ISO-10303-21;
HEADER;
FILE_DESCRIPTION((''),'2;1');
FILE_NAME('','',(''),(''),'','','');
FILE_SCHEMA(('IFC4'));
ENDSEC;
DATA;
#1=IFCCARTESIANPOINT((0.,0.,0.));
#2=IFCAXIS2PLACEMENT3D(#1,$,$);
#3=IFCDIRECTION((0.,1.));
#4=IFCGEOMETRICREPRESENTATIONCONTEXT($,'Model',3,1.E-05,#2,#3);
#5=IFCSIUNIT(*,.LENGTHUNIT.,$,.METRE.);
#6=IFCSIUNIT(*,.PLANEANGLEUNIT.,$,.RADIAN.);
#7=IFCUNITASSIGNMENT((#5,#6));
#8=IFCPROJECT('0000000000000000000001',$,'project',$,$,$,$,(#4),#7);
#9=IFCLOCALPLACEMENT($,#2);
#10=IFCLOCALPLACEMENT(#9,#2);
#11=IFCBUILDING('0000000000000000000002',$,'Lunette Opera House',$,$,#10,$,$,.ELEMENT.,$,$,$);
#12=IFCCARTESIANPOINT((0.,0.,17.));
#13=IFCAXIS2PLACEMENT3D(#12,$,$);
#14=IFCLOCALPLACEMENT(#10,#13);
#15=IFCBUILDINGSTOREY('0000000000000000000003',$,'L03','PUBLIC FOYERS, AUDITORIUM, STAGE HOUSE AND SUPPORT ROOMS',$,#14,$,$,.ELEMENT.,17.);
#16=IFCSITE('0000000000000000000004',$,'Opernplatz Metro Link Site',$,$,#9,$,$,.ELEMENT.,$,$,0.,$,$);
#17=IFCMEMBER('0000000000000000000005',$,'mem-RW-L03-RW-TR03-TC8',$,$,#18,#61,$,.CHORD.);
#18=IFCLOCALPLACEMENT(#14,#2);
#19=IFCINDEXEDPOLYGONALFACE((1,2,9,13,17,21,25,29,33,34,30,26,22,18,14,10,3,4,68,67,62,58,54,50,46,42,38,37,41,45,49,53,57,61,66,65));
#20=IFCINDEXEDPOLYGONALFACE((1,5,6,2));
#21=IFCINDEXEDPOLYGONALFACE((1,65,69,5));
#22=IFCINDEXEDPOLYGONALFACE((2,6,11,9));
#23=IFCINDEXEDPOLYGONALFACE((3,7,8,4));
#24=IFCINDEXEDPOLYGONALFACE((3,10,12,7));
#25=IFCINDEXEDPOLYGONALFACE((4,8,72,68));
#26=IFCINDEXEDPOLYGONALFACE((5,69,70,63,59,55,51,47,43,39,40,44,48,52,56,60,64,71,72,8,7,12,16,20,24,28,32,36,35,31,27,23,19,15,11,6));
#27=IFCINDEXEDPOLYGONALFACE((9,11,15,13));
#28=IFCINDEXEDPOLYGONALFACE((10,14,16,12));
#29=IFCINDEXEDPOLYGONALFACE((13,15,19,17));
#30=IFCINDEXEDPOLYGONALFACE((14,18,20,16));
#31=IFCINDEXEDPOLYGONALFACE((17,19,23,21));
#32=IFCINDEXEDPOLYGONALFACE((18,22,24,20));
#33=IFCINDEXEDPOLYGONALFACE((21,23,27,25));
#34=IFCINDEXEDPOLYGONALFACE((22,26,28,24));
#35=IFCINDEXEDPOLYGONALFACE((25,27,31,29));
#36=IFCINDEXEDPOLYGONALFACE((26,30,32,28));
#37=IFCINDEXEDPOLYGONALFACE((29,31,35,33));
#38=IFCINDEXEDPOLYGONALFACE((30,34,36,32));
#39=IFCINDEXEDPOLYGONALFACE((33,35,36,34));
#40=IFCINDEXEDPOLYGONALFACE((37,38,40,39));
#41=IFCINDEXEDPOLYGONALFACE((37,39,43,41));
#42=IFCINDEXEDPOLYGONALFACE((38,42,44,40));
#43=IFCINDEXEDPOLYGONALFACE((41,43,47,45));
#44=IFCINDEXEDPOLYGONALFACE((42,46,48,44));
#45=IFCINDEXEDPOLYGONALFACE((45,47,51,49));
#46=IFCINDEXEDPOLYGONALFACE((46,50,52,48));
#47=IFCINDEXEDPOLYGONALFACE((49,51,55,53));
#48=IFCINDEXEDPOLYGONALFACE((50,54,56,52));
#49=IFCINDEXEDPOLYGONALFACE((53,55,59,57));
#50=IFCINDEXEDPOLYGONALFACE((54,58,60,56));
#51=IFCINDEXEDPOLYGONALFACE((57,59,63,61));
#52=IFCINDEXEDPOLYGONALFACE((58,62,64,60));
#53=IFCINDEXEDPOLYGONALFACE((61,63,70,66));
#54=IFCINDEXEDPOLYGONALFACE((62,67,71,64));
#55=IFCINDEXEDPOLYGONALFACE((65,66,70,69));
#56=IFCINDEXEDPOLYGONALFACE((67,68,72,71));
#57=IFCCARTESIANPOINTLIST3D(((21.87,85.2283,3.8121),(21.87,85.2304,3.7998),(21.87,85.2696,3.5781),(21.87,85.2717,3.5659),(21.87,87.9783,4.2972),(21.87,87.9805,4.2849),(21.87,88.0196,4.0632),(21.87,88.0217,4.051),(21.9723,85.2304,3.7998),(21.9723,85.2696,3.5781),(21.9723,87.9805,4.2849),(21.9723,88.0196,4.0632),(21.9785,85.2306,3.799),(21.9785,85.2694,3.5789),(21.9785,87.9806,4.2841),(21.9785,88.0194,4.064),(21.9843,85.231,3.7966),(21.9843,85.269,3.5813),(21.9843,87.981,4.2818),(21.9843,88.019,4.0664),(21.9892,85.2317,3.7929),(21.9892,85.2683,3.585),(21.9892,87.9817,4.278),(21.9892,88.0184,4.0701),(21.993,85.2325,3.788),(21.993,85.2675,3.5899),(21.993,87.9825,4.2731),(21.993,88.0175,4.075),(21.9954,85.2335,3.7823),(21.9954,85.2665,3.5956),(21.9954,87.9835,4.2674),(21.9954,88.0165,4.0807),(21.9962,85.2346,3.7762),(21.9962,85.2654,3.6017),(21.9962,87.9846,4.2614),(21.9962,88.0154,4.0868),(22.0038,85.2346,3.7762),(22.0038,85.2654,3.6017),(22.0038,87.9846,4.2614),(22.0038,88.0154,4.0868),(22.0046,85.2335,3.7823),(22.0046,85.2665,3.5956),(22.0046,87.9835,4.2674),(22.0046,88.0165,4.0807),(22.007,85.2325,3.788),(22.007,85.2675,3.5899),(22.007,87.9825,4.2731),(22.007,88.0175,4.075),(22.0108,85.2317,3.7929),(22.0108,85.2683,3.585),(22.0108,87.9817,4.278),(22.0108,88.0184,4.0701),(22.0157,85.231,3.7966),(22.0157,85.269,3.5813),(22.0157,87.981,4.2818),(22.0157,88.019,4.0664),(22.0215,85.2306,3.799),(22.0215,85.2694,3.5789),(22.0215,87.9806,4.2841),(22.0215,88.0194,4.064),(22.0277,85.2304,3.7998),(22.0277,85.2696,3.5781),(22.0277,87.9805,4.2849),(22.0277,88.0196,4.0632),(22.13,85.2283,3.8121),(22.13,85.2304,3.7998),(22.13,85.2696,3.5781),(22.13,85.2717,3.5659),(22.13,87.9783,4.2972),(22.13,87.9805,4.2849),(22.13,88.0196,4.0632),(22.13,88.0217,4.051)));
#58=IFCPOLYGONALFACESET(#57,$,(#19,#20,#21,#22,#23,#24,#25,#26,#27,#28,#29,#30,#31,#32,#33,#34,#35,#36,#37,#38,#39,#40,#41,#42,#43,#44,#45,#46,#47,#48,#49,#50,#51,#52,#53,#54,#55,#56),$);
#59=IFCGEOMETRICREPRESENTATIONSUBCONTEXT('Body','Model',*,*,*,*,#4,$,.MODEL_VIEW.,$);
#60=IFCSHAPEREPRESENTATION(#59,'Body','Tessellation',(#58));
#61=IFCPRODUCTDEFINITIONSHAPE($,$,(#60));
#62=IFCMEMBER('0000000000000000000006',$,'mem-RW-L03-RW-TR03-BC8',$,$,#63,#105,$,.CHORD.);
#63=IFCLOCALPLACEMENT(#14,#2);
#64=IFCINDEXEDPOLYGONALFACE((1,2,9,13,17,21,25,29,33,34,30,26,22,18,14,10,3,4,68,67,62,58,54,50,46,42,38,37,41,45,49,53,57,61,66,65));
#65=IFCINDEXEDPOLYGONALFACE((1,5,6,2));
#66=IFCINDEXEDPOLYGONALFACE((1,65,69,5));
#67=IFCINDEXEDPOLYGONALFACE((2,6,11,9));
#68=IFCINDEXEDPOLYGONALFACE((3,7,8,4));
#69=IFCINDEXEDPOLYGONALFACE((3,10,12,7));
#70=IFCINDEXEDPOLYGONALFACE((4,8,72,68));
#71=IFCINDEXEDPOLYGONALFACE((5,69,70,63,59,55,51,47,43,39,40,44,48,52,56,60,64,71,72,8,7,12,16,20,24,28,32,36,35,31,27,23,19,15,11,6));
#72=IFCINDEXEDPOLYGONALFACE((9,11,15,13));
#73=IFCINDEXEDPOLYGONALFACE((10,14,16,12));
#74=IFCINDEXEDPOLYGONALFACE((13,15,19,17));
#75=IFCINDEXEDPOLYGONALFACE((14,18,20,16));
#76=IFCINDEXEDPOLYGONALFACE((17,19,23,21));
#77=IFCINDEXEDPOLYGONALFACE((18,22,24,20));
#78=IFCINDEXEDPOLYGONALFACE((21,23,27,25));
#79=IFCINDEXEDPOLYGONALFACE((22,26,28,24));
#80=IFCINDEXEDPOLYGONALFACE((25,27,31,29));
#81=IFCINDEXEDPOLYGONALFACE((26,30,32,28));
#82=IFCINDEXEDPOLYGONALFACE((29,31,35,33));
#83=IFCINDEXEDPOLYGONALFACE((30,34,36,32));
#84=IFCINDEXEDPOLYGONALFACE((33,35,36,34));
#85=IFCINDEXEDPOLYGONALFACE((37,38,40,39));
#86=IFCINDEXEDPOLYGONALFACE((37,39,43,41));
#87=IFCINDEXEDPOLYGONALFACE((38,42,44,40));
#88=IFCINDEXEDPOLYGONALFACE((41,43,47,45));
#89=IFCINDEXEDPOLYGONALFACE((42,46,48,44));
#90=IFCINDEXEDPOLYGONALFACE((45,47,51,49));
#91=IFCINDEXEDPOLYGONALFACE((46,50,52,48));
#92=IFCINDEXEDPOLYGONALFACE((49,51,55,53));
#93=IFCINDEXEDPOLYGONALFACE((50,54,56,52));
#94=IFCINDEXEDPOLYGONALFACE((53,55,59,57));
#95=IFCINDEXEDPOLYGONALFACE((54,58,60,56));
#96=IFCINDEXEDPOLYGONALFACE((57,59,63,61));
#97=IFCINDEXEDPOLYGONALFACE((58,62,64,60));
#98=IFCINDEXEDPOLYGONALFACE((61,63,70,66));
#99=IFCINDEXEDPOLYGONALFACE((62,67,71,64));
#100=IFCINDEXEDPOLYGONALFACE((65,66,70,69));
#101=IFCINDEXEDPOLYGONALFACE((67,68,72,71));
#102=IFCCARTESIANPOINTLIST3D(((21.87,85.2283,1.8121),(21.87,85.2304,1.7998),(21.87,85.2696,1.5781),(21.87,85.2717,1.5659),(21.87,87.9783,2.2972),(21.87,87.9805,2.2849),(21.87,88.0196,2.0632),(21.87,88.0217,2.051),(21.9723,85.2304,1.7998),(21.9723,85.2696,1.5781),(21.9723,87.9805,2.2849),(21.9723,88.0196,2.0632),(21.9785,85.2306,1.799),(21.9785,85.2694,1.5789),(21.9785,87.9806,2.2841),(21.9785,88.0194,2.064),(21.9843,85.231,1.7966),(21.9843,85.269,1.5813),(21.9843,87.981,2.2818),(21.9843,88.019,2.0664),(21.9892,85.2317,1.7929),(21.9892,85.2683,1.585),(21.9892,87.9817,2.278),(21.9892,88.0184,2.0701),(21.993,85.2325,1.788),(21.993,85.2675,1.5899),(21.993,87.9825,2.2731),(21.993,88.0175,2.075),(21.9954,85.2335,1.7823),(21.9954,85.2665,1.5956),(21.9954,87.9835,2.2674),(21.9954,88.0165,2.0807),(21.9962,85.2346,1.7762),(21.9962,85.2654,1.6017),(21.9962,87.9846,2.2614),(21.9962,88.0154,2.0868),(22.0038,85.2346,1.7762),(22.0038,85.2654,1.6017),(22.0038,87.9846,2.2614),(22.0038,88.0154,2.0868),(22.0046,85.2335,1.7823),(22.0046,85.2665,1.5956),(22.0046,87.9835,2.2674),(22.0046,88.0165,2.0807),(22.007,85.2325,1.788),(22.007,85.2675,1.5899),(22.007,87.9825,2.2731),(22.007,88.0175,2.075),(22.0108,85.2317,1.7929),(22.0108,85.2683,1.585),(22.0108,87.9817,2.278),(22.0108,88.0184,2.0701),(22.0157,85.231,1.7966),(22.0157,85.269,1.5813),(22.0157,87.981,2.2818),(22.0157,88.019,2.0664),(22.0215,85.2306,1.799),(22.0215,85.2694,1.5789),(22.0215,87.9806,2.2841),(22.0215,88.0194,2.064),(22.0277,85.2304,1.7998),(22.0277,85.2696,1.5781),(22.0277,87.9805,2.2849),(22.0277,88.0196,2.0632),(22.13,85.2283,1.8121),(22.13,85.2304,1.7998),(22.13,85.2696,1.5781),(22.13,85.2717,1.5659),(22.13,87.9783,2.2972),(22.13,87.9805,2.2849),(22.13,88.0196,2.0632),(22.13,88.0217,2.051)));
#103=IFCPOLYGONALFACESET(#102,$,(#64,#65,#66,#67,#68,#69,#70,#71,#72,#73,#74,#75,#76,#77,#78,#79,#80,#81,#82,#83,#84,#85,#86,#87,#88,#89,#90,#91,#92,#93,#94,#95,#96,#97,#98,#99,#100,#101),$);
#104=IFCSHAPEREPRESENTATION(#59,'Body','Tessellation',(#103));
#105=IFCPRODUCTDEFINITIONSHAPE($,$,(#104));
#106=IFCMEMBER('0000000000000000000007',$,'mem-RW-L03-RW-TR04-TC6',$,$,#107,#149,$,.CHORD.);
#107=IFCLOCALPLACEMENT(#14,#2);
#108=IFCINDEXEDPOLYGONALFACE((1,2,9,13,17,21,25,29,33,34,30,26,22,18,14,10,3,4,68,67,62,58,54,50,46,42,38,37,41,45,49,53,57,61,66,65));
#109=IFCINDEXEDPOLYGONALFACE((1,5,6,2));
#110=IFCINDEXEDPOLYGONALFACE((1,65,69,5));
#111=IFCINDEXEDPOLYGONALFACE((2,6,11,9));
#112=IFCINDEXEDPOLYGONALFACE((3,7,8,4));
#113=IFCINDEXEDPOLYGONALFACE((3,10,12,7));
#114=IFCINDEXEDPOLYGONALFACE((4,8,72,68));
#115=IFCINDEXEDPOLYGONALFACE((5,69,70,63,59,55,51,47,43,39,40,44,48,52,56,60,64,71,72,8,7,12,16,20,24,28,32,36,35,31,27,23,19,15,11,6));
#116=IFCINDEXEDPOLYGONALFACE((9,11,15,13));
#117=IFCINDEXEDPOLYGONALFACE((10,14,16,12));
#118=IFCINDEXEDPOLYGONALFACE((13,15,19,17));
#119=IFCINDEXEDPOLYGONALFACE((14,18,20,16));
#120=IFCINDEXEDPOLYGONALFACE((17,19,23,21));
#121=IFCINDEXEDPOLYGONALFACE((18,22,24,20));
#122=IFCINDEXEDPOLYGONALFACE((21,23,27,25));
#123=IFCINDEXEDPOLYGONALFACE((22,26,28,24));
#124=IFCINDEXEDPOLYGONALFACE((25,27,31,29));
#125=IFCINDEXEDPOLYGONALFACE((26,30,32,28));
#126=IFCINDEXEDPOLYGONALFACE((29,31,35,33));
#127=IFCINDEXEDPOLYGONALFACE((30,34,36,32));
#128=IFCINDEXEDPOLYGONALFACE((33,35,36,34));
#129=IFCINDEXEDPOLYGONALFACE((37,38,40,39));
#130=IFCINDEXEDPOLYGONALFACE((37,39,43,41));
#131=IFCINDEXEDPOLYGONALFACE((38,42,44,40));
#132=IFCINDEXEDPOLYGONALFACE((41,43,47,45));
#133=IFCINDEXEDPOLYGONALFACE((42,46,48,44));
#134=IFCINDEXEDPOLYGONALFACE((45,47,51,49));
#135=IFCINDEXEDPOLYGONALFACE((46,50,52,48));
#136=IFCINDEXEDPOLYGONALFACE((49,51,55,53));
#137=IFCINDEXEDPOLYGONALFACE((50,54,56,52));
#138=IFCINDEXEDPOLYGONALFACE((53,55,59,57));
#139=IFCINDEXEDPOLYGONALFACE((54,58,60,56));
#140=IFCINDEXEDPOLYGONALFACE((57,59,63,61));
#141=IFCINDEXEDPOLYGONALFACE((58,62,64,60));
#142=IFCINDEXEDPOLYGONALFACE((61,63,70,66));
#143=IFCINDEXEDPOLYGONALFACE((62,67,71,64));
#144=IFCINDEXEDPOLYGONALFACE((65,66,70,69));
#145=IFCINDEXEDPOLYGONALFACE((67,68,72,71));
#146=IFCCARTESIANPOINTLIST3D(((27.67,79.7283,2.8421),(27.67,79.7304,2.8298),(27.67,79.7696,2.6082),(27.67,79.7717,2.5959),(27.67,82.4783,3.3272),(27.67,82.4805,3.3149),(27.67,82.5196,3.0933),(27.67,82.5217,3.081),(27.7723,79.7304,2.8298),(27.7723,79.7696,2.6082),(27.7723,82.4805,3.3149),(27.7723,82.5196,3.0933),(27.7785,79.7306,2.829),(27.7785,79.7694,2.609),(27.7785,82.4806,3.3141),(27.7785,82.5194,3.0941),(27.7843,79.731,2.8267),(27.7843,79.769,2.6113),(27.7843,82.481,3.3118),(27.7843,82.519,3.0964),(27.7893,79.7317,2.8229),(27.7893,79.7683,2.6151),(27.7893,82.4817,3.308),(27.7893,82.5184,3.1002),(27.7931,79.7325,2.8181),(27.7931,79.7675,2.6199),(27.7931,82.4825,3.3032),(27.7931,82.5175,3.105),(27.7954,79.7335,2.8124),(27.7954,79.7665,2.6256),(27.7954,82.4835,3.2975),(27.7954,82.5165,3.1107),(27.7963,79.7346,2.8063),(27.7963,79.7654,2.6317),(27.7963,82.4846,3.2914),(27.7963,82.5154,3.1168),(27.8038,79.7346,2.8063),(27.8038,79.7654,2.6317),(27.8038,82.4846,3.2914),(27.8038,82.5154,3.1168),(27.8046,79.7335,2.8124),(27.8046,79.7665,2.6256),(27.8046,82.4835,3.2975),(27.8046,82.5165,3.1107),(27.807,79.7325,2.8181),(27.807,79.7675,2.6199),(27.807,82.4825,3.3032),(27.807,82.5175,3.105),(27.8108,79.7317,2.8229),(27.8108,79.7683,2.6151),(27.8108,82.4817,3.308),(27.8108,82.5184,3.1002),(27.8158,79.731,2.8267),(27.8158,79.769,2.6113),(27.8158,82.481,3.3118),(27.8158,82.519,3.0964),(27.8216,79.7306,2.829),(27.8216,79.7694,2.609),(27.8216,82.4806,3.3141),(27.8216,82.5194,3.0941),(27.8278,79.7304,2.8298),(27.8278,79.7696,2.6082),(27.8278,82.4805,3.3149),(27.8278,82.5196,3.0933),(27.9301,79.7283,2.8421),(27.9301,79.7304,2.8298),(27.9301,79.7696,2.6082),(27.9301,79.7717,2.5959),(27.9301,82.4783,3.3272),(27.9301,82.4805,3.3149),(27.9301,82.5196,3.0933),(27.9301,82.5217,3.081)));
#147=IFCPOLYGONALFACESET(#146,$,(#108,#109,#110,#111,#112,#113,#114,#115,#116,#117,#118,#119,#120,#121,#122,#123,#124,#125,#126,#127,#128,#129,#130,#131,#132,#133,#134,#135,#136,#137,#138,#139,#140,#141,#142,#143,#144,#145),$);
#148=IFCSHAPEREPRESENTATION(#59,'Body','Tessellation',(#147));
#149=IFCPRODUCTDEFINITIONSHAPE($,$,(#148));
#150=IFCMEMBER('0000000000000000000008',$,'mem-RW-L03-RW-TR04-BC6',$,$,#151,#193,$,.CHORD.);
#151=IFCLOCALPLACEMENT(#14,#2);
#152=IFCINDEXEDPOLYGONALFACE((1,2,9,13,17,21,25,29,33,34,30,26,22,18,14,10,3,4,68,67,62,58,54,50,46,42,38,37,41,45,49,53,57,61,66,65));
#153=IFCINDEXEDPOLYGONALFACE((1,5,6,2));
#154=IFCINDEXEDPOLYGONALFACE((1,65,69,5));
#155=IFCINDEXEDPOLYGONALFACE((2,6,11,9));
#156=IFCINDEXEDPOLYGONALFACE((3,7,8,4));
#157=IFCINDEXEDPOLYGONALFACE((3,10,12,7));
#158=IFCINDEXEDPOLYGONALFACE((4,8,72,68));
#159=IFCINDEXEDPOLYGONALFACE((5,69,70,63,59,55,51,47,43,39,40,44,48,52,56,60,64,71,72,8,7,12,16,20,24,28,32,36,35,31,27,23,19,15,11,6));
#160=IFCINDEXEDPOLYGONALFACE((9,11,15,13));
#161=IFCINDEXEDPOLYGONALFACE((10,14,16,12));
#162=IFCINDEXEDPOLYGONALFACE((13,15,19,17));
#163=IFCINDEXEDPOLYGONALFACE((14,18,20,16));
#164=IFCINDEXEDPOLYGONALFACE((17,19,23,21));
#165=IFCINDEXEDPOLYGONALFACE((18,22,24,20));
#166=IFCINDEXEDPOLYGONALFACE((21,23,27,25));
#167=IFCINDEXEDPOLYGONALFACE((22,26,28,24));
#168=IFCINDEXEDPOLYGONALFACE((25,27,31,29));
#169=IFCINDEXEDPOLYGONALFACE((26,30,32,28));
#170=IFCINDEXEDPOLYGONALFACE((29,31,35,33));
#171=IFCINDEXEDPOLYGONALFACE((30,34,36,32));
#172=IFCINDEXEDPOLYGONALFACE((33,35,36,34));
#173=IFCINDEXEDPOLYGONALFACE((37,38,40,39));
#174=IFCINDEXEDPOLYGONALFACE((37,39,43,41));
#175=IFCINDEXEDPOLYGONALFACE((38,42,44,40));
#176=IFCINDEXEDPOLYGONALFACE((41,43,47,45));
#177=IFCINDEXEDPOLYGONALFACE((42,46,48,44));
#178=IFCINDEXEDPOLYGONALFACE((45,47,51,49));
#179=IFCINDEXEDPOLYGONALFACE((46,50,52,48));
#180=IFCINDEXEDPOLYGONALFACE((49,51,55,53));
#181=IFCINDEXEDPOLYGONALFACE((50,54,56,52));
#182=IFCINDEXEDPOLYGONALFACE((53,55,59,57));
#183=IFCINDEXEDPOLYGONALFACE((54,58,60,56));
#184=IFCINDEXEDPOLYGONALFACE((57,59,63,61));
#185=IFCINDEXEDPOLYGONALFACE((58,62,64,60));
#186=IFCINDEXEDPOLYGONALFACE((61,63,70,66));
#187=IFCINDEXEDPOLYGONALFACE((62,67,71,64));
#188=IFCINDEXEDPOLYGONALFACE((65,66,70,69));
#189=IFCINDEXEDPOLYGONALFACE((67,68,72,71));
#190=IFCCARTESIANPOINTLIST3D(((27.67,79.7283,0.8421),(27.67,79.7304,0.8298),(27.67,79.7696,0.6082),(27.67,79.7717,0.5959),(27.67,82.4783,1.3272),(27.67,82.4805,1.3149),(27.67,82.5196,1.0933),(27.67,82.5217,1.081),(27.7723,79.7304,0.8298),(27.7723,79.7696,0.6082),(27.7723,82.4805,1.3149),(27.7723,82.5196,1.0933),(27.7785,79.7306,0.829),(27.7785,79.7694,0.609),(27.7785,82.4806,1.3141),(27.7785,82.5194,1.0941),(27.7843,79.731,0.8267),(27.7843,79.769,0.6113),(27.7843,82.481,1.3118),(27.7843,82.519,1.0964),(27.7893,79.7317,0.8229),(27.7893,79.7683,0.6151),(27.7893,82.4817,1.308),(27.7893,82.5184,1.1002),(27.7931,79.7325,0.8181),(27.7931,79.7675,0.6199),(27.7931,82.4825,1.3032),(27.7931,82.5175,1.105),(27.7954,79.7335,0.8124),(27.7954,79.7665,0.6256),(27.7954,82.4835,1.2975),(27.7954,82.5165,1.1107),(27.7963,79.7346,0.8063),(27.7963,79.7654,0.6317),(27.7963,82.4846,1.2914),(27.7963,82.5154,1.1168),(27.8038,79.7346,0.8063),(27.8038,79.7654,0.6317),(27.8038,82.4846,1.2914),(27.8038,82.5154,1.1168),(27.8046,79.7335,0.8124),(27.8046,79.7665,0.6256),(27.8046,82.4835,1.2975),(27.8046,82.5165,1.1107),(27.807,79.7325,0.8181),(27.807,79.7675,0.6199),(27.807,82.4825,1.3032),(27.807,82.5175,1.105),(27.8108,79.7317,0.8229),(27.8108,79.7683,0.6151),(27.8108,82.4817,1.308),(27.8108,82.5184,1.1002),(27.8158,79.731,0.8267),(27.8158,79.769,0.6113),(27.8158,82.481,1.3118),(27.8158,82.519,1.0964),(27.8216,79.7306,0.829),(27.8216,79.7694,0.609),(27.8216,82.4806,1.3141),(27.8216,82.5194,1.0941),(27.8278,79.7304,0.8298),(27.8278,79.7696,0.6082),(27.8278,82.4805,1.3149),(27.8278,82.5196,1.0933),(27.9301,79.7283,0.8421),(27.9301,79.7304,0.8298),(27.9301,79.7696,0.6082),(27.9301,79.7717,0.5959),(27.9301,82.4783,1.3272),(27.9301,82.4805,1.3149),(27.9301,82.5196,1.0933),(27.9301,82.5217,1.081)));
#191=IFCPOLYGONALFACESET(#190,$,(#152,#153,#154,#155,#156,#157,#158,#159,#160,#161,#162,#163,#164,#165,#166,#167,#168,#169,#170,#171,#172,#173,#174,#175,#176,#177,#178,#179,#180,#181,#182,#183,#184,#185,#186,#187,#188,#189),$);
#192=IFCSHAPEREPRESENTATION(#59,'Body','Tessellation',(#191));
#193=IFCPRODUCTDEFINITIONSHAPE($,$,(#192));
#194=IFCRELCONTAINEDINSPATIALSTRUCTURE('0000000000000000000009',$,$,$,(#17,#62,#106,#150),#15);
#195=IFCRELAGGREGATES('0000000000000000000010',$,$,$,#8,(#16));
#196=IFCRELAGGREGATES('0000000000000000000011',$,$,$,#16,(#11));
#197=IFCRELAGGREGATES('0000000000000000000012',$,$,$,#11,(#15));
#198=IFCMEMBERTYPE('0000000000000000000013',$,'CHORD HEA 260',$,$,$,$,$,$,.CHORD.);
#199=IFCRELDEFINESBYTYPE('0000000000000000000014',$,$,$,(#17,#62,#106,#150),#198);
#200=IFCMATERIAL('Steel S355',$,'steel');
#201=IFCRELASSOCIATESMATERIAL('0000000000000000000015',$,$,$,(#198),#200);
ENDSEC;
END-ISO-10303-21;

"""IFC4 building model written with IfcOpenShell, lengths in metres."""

from ifc_helpers import new_model, si_unit, direction, frame, origin, origin_2d, place, context, subcontext, project, spatial, i_section, extrude, material, material_profile, profile_set, type_object, element, save


model = new_model("IFC4")

# Units and contexts
model_context = context("Model", 3, precision=1e-05, world=origin(), true_north=direction((0.0, 1.0)))
body_context = subcontext(model_context, "Body", "Model", "MODEL_VIEW")
ifc_project = project(units=[si_unit("LENGTHUNIT", "METRE"), si_unit("PLANEANGLEUNIT", "RADIAN")], contexts=[model_context])

# Site, building, storey
site_placement = place(None, origin())
site = spatial("IfcSite", under=ifc_project, at=site_placement, Name="Opernplatz Metro Link Site", CompositionType="ELEMENT", RefElevation=0.0)
building_placement = place(site_placement, origin())
building = spatial("IfcBuilding", under=site, at=building_placement, Name="Lunette Opera House", CompositionType="ELEMENT")
storey_placement = place(building_placement, frame((0.0, 0.0, 17.0)))
storey = spatial("IfcBuildingStorey", under=building, at=storey_placement, Name="L03", Description="PUBLIC FOYERS, AUDITORIUM, STAGE HOUSE AND SUPPORT ROOMS", CompositionType="ELEMENT", Elevation=17.0)

# Members
ifc_material_1 = material(Name="Steel S355", Category="steel")
ifc_material_profile_1 = material_profile(ifc_material_1, i_section(OverallWidth=0.26, OverallDepth=0.25, WebThickness=0.0076, FlangeThickness=0.0125, FilletRadius=0.0239, at=origin_2d()), Name="HEA 260")
ifc_profile_set_1 = profile_set([ifc_material_profile_1], Name="Steel S355")
member_type_1 = type_object("IfcMemberType", Name="CHORD HEA 260", PredefinedType="CHORD", material=ifc_profile_set_1)
for number, where, z_axis, x_axis, name in (
    (1, (22.0, 85.25, 3.689), (0.0, 0.984795, 0.17372), (-1.0, 0.0, 0.0), "mem-RW-L03-RW-TR03-TC8"),
    (2, (22.0, 85.25, 1.689), (0.0, 0.984795, 0.17372), (-1.0, 0.0, 0.0), "mem-RW-L03-RW-TR03-BC8"),
    (3, (27.8, 79.75, 2.719), (0.0, 0.984795, 0.17372), (-1.0, 0.0, 0.0), "mem-RW-L03-RW-TR04-TC6"),
    (4, (27.8, 79.75, 0.719), (0.0, 0.984795, 0.17372), (-1.0, 0.0, 0.0), "mem-RW-L03-RW-TR04-BC6"),
):
    element("IfcMember", number, at=place(storey_placement, frame(where, z_axis=z_axis, x_axis=x_axis)), inside=storey, type_object=member_type_1, Name=name, PredefinedType="CHORD", context=body_context, shape_type="SweptSolid", body=[
        extrude(i_section(OverallWidth=0.26, OverallDepth=0.25, WebThickness=0.0076, FlangeThickness=0.0125, FilletRadius=0.0239, at=origin_2d()), origin(), (0.0, 0.0, 1.0), 2.7925),
    ])

save(model, "model.ifc")
